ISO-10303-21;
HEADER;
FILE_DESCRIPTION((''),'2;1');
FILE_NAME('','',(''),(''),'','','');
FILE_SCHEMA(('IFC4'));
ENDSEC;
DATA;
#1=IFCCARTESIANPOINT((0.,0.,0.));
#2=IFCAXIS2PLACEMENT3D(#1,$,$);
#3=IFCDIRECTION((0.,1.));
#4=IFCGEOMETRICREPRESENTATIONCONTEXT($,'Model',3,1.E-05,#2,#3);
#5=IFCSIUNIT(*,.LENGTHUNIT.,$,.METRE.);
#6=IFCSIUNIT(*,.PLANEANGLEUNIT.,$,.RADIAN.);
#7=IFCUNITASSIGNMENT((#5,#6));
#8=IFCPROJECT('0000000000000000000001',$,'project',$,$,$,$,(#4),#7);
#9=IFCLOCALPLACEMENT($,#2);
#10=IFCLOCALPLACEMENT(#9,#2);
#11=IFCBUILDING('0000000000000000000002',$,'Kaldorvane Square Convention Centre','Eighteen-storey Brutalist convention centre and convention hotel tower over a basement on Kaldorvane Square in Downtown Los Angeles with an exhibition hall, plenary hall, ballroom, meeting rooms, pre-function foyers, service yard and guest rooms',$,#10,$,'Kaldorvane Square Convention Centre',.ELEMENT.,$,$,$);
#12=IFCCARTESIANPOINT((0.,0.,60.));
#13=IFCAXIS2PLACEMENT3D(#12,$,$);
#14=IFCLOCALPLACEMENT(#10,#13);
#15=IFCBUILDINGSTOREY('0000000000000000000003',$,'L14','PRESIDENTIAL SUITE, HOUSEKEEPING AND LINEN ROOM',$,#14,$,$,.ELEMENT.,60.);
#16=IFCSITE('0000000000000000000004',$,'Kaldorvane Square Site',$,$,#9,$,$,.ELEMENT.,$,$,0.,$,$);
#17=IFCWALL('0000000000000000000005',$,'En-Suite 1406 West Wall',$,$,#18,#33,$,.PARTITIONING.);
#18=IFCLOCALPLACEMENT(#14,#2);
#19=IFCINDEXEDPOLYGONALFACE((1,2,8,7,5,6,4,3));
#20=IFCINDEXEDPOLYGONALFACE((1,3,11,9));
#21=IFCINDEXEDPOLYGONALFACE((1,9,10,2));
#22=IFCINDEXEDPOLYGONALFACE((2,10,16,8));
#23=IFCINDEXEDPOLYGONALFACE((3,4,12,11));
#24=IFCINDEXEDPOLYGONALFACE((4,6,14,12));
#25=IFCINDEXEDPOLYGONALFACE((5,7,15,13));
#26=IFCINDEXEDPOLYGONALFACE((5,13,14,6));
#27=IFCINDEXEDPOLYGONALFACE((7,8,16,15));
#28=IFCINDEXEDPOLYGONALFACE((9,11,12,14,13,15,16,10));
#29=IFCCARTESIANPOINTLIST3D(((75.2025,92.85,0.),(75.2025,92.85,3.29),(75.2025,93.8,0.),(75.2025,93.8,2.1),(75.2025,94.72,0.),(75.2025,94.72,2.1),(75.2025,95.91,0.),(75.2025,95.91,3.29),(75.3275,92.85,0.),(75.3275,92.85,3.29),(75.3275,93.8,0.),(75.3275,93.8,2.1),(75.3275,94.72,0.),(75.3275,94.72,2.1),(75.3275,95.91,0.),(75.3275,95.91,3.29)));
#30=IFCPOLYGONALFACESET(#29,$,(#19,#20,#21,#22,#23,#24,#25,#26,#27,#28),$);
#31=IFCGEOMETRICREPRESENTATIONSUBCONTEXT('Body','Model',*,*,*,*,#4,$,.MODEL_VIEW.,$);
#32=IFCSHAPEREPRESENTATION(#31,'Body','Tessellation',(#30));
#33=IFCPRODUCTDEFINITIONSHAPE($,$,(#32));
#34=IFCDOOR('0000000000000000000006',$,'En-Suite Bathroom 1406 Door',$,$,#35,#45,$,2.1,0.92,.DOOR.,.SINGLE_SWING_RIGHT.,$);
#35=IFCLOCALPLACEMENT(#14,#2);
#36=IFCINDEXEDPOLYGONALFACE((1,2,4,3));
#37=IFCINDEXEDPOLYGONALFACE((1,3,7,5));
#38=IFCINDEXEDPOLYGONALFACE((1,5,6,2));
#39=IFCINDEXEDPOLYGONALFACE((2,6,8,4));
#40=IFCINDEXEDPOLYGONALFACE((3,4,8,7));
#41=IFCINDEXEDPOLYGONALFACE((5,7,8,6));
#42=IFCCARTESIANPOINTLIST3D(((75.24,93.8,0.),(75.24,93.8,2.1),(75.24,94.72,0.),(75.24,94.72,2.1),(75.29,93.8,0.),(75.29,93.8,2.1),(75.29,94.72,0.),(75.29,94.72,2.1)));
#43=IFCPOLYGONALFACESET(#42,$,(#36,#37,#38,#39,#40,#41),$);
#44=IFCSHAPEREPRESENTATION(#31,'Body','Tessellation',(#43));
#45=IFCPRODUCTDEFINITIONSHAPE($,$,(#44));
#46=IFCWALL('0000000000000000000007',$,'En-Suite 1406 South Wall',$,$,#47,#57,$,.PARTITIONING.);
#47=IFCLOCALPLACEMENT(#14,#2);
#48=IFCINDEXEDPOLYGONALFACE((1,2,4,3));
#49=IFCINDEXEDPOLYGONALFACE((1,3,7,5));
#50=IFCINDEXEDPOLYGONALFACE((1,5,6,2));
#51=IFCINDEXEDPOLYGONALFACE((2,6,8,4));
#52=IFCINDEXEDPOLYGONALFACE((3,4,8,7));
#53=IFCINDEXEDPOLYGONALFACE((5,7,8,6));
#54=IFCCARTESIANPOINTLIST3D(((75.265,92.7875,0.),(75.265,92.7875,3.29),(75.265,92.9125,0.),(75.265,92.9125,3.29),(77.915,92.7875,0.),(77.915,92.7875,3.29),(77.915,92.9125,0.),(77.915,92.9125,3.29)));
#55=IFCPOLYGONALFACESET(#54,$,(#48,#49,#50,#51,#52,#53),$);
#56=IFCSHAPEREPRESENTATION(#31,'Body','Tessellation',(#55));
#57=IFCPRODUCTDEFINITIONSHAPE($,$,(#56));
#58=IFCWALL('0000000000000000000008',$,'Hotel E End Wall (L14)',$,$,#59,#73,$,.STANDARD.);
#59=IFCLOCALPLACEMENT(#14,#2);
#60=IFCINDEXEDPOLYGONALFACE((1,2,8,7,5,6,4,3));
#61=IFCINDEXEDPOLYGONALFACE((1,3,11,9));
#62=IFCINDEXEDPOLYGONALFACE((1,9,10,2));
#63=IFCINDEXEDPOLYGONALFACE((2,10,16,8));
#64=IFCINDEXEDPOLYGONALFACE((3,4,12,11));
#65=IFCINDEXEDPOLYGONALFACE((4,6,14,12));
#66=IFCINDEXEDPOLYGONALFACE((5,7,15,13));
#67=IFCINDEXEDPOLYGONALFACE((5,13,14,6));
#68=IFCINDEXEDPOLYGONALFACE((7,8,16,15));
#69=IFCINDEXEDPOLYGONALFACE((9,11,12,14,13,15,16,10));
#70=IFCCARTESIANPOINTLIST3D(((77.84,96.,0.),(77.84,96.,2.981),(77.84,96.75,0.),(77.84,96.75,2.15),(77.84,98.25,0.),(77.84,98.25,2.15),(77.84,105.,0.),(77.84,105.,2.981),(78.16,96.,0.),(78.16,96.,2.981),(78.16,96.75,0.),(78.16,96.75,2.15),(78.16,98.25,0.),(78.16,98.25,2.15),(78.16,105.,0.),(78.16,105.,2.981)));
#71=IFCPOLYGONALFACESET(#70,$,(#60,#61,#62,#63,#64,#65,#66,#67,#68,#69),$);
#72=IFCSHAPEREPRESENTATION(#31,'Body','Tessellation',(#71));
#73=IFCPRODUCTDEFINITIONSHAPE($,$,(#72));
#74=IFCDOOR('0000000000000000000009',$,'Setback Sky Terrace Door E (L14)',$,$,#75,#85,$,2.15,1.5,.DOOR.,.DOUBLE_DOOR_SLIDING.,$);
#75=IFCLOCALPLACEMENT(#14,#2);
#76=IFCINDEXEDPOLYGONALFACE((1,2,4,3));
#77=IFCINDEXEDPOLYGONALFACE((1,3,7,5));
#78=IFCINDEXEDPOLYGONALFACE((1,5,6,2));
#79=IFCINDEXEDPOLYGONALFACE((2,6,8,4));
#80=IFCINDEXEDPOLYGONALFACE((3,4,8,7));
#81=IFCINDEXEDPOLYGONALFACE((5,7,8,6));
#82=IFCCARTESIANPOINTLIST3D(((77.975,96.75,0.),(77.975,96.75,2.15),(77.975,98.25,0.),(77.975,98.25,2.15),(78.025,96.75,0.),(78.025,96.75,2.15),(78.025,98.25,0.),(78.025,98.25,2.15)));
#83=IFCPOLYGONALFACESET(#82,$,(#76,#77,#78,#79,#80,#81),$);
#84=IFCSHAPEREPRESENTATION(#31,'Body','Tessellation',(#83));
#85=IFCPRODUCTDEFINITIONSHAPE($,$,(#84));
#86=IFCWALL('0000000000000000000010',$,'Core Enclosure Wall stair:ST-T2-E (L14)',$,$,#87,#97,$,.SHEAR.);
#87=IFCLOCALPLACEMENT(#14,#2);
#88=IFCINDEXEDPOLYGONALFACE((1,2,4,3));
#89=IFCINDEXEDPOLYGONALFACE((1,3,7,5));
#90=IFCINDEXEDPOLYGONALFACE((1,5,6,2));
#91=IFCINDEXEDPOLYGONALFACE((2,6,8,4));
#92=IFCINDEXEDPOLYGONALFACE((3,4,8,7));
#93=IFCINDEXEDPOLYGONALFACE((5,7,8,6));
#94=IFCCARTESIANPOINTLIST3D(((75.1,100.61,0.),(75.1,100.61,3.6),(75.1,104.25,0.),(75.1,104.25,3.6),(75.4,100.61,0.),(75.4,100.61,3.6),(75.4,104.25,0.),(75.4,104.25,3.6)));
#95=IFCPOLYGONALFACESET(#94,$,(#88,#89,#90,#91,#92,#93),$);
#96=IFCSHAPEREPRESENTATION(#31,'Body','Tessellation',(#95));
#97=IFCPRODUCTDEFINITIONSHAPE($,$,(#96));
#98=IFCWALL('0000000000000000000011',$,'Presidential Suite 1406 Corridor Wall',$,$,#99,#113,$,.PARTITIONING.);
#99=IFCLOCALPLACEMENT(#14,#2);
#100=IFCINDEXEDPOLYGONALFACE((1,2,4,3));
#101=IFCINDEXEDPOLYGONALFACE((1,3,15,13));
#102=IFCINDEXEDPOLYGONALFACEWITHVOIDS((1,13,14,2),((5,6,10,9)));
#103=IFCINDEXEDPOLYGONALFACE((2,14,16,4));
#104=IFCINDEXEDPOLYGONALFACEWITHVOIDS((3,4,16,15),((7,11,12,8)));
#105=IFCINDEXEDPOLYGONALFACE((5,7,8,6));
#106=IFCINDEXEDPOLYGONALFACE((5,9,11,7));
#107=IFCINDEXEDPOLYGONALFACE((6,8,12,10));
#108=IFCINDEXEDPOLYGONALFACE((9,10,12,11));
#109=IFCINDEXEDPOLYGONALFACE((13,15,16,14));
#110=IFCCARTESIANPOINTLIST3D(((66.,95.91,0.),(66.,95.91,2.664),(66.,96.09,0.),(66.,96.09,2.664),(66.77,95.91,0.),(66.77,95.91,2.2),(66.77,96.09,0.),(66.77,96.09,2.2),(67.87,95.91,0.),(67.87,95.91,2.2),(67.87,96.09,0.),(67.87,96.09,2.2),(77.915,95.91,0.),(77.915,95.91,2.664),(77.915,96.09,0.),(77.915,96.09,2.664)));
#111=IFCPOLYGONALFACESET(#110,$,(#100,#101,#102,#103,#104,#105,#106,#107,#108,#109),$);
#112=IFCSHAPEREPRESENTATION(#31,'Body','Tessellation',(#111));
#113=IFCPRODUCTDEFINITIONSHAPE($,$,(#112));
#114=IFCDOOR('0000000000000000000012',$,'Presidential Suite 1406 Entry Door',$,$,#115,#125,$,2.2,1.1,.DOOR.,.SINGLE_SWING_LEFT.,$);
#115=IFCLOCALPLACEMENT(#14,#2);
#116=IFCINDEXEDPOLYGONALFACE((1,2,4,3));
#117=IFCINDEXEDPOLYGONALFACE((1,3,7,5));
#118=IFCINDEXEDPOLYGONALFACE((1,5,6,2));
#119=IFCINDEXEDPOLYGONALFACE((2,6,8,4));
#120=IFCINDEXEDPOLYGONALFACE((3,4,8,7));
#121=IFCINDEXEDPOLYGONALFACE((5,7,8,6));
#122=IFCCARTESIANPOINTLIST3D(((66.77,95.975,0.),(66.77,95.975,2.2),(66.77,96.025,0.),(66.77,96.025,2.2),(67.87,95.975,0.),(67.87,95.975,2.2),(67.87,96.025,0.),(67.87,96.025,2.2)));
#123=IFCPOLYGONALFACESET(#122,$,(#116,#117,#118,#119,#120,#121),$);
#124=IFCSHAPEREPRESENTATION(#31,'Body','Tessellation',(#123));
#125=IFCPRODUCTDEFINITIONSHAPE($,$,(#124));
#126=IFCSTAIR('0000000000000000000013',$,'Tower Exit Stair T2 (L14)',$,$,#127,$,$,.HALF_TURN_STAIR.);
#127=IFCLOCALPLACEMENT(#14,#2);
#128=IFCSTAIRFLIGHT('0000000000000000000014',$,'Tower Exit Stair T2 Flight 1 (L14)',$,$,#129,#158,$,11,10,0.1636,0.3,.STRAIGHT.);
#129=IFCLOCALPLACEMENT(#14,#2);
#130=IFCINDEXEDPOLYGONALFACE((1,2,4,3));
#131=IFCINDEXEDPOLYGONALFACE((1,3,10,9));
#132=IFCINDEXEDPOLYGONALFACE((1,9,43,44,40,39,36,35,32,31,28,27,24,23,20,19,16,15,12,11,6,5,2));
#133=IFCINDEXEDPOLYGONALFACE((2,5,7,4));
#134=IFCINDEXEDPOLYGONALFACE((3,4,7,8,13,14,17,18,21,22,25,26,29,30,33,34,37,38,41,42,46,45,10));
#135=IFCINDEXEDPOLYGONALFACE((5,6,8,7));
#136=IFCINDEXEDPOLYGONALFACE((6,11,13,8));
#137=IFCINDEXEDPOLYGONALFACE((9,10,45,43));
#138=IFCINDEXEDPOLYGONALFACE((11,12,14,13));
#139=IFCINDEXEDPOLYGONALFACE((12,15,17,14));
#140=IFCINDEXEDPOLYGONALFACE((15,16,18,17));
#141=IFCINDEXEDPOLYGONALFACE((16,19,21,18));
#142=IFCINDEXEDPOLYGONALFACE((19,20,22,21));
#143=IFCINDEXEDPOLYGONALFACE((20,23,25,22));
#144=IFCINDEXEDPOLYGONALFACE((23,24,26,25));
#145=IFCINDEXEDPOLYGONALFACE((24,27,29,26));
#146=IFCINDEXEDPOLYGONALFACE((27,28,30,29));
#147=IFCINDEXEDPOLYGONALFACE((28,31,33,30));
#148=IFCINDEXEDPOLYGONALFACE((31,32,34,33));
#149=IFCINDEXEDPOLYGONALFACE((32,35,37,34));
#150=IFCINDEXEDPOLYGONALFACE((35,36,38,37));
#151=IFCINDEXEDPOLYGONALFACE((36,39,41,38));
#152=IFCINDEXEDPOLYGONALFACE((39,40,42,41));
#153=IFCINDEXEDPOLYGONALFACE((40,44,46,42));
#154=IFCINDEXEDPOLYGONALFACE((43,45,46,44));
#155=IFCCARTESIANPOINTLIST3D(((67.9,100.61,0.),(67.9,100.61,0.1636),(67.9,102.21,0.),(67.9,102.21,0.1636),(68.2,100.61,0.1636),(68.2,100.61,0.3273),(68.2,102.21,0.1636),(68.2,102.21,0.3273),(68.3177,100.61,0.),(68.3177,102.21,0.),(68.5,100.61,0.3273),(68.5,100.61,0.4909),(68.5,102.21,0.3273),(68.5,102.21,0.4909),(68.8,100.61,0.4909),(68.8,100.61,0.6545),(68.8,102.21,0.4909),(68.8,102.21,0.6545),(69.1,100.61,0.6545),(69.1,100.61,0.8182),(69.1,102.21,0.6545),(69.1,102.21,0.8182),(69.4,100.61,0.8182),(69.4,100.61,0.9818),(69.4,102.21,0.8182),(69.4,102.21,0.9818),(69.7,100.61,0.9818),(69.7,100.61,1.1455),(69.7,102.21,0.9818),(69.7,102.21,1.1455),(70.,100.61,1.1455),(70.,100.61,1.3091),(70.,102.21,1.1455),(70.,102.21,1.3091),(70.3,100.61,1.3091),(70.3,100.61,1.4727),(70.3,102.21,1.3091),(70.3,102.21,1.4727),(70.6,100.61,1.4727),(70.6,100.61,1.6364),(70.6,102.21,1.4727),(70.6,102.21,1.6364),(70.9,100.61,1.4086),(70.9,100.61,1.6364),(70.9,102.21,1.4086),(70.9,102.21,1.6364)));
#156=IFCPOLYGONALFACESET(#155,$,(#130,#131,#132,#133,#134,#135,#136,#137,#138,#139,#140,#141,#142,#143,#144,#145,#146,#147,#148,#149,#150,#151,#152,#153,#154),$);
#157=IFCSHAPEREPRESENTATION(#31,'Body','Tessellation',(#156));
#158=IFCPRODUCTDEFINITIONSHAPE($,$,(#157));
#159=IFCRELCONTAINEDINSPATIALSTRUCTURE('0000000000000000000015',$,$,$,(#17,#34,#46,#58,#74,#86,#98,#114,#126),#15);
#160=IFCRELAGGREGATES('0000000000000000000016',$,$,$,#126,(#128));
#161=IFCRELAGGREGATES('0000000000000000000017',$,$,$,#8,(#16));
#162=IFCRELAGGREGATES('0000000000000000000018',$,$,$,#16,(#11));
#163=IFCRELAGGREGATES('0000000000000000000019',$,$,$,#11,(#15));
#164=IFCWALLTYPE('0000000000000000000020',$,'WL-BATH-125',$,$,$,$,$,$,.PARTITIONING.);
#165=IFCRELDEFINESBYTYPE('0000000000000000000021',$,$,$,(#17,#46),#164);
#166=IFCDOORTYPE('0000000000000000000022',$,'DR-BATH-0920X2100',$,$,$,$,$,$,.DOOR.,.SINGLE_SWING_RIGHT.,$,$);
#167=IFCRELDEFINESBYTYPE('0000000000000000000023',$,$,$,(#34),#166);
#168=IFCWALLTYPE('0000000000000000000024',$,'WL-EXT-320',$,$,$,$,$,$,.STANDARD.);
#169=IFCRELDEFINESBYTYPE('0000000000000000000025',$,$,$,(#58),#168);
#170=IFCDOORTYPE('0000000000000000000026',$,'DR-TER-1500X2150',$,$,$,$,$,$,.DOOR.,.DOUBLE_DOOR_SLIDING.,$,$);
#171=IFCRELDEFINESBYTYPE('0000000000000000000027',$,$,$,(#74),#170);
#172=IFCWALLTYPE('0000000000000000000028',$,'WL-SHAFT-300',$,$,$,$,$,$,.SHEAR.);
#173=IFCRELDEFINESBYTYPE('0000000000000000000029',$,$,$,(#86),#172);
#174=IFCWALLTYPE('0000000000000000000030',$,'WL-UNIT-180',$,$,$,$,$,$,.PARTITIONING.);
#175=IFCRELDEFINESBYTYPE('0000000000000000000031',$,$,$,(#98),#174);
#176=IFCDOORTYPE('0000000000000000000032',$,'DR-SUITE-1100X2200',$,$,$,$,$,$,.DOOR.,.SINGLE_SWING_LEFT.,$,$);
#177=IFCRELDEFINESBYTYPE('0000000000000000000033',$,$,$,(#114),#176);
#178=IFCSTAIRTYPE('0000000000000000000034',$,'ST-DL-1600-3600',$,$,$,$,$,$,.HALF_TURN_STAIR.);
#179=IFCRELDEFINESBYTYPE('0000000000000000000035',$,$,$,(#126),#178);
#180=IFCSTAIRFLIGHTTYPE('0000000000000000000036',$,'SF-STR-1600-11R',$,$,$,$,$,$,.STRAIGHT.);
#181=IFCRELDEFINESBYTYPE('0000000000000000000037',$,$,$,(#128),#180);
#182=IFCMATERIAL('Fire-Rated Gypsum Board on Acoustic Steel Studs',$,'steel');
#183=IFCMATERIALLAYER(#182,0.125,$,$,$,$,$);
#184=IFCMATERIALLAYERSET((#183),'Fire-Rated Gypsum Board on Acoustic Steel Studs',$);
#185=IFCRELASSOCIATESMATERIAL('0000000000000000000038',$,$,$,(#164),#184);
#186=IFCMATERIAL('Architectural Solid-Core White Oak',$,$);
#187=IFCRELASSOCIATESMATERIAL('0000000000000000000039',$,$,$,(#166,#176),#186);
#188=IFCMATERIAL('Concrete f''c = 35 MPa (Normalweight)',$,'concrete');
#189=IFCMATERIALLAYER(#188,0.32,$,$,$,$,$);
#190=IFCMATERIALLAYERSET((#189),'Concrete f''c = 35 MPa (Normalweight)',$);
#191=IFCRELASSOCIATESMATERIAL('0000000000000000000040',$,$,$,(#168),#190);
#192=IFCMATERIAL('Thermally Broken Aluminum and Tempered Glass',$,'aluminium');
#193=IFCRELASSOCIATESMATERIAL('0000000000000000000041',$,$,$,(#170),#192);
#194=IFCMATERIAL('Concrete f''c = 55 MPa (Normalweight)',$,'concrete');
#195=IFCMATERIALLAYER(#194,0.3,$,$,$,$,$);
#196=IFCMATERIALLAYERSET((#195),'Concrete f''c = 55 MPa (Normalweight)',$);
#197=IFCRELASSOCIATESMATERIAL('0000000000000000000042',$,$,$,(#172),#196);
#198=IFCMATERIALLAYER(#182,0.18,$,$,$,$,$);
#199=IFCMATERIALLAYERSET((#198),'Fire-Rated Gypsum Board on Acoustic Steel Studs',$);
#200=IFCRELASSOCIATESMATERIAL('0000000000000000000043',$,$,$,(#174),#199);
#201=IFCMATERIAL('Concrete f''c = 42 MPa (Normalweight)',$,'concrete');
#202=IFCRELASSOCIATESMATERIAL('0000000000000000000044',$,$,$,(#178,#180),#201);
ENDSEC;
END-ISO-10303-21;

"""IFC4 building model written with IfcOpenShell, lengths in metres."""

from ifc_helpers import new_model, si_unit, direction, frame, frame_2d, origin, place, context, subcontext, project, spatial, polyline, rectangle, outline, extrude, material, layer, layer_set, type_object, element, fill, aggregate, save


model = new_model("IFC4")

# Units and contexts
model_context = context("Model", 3, precision=1e-05, world=origin(), true_north=direction((0.0, 1.0)))
body_context = subcontext(model_context, "Body", "Model", "MODEL_VIEW")
ifc_project = project(units=[si_unit("LENGTHUNIT", "METRE"), si_unit("PLANEANGLEUNIT", "RADIAN")], contexts=[model_context])

# Site, building, storey
site_placement = place(None, origin())
site = spatial("IfcSite", under=ifc_project, at=site_placement, Name="Kaldorvane Square Site", CompositionType="ELEMENT", RefElevation=0.0)
building_placement = place(site_placement, origin())
building = spatial("IfcBuilding", under=site, at=building_placement, Name="Kaldorvane Square Convention Centre", Description="Eighteen-storey Brutalist convention centre and convention hotel tower over a basement on Kaldorvane Square in Downtown Los Angeles with an exhibition hall, plenary hall, ballroom, meeting rooms, pre-function foyers, service yard and guest rooms", LongName="Kaldorvane Square Convention Centre", CompositionType="ELEMENT")
storey_placement = place(building_placement, frame((0.0, 0.0, 60.0)))
storey = spatial("IfcBuildingStorey", under=building, at=storey_placement, Name="L14", Description="PRESIDENTIAL SUITE, HOUSEKEEPING AND LINEN ROOM", CompositionType="ELEMENT", Elevation=60.0)

# Wall, opening, door
ifc_material_1 = material(Name="Fire-Rated Gypsum Board on Acoustic Steel Studs", Category="steel")
ifc_layer_1 = layer(ifc_material_1, 0.125)
ifc_layer_set_1 = layer_set([ifc_layer_1], Name="Fire-Rated Gypsum Board on Acoustic Steel Studs")
wall_type_1 = type_object("IfcWallType", Name="WL-BATH-125", PredefinedType="PARTITIONING", material=ifc_layer_set_1)
wall_1_placement = place(storey_placement, frame((75.265, 92.85, 0.0), z_axis=(0.0, 0.0, 1.0), x_axis=(0.0, 1.0, 0.0)))
wall_1 = element("IfcWall", 1, at=wall_1_placement, inside=storey, type_object=wall_type_1, Name="En-Suite 1406 West Wall", PredefinedType="PARTITIONING", context=body_context, shape_type="SweptSolid", body=[
    extrude(rectangle(XDim=3.06, YDim=0.125, at=frame_2d((1.53, 0.0))), origin(), (0.0, 0.0, 1.0), 3.29),
])
opening_1_placement = place(wall_1_placement, frame((0.95, 0.0, 0.0)))
opening_1 = element("IfcOpeningElement", 2, at=opening_1_placement, cuts=wall_1, PredefinedType="OPENING", context=body_context, shape_type="SweptSolid", body=[
    extrude(rectangle(XDim=0.92, YDim=2.1, at=frame_2d((0.46, 1.05))), frame((0.0, 0.0775, 0.0), z_axis=(0.0, -1.0, 0.0), x_axis=(1.0, 0.0, 0.0)), (0.0, 0.0, 1.0), 0.155),
])
ifc_material_2 = material(Name="Architectural Solid-Core White Oak")
door_type_1 = type_object("IfcDoorType", Name="DR-BATH-0920X2100", OperationType="SINGLE_SWING_RIGHT", PredefinedType="DOOR", material=ifc_material_2)
door_1_placement = place(opening_1_placement, origin())
door_1 = element("IfcDoor", 3, at=door_1_placement, inside=storey, type_object=door_type_1, Name="En-Suite Bathroom 1406 Door", OperationType="SINGLE_SWING_RIGHT", OverallHeight=2.1, OverallWidth=0.92, PredefinedType="DOOR", context=body_context, shape_type="SweptSolid", body=[
    extrude(rectangle(XDim=0.92, YDim=2.1, at=frame_2d((0.46, 1.05))), frame((0.0, 0.025, 0.0), z_axis=(0.0, -1.0, 0.0), x_axis=(1.0, 0.0, 0.0)), (0.0, 0.0, 1.0), 0.05),
])
fill(opening_1, door_1)

# Wall
wall_2_placement = place(storey_placement, frame((75.265, 92.85, 0.0), z_axis=(0.0, 0.0, 1.0), x_axis=(1.0, 0.0, 0.0)))
element("IfcWall", 4, at=wall_2_placement, inside=storey, type_object=wall_type_1, Name="En-Suite 1406 South Wall", PredefinedType="PARTITIONING", context=body_context, shape_type="SweptSolid", body=[
    extrude(rectangle(XDim=2.65, YDim=0.125, at=frame_2d((1.325, 0.0))), origin(), (0.0, 0.0, 1.0), 3.29),
])

# Wall, opening, door
ifc_material_3 = material(Name="Concrete f'c = 35 MPa (Normalweight)", Category="concrete")
ifc_layer_2 = layer(ifc_material_3, 0.32)
ifc_layer_set_2 = layer_set([ifc_layer_2], Name="Concrete f'c = 35 MPa (Normalweight)")
wall_type_2 = type_object("IfcWallType", Name="WL-EXT-320", PredefinedType="STANDARD", material=ifc_layer_set_2)
wall_3_placement = place(storey_placement, frame((78.0, 96.0, 0.0), z_axis=(0.0, 0.0, 1.0), x_axis=(0.0, 1.0, 0.0)))
wall_3 = element("IfcWall", 5, at=wall_3_placement, inside=storey, type_object=wall_type_2, Name="Hotel E End Wall (L14)", PredefinedType="STANDARD", context=body_context, shape_type="SweptSolid", body=[
    extrude(rectangle(XDim=9.0, YDim=0.32, at=frame_2d((4.5, 0.0))), origin(), (0.0, 0.0, 1.0), 2.981),
])
opening_2_placement = place(wall_3_placement, frame((0.75, 0.0, 0.0)))
opening_2 = element("IfcOpeningElement", 6, at=opening_2_placement, cuts=wall_3, PredefinedType="OPENING", context=body_context, shape_type="SweptSolid", body=[
    extrude(rectangle(XDim=1.5, YDim=2.15, at=frame_2d((0.75, 1.075))), frame((0.0, 0.175, 0.0), z_axis=(0.0, -1.0, 0.0), x_axis=(1.0, 0.0, 0.0)), (0.0, 0.0, 1.0), 0.35),
])
ifc_material_4 = material(Name="Thermally Broken Aluminum and Tempered Glass", Category="aluminium")
door_type_2 = type_object("IfcDoorType", Name="DR-TER-1500X2150", OperationType="DOUBLE_DOOR_SLIDING", PredefinedType="DOOR", material=ifc_material_4)
door_2_placement = place(opening_2_placement, origin())
door_2 = element("IfcDoor", 7, at=door_2_placement, inside=storey, type_object=door_type_2, Name="Setback Sky Terrace Door E (L14)", OperationType="DOUBLE_DOOR_SLIDING", OverallHeight=2.15, OverallWidth=1.5, PredefinedType="DOOR", context=body_context, shape_type="SweptSolid", body=[
    extrude(rectangle(XDim=1.5, YDim=2.15, at=frame_2d((0.75, 1.075))), frame((0.0, 0.025, 0.0), z_axis=(0.0, -1.0, 0.0), x_axis=(1.0, 0.0, 0.0)), (0.0, 0.0, 1.0), 0.05),
])
fill(opening_2, door_2)

# Wall
ifc_material_5 = material(Name="Concrete f'c = 55 MPa (Normalweight)", Category="concrete")
ifc_layer_3 = layer(ifc_material_5, 0.3)
ifc_layer_set_3 = layer_set([ifc_layer_3], Name="Concrete f'c = 55 MPa (Normalweight)")
wall_type_3 = type_object("IfcWallType", Name="WL-SHAFT-300", PredefinedType="SHEAR", material=ifc_layer_set_3)
wall_4_placement = place(storey_placement, frame((75.25, 100.61, 0.0), z_axis=(0.0, 0.0, 1.0), x_axis=(0.0, 1.0, 0.0)))
element("IfcWall", 8, at=wall_4_placement, inside=storey, type_object=wall_type_3, Name="Core Enclosure Wall stair:ST-T2-E (L14)", PredefinedType="SHEAR", context=body_context, shape_type="SweptSolid", body=[
    extrude(rectangle(XDim=3.64, YDim=0.3, at=frame_2d((1.82, 0.0))), origin(), (0.0, 0.0, 1.0), 3.6),
])

# Wall, opening, door
ifc_layer_4 = layer(ifc_material_1, 0.18)
ifc_layer_set_4 = layer_set([ifc_layer_4], Name="Fire-Rated Gypsum Board on Acoustic Steel Studs")
wall_type_4 = type_object("IfcWallType", Name="WL-UNIT-180", PredefinedType="PARTITIONING", material=ifc_layer_set_4)
wall_5_placement = place(storey_placement, frame((66.0, 96.0, 0.0), z_axis=(0.0, 0.0, 1.0), x_axis=(1.0, 0.0, 0.0)))
wall_5 = element("IfcWall", 9, at=wall_5_placement, inside=storey, type_object=wall_type_4, Name="Presidential Suite 1406 Corridor Wall", PredefinedType="PARTITIONING", context=body_context, shape_type="SweptSolid", body=[
    extrude(rectangle(XDim=11.915, YDim=0.18, at=frame_2d((5.9575, 0.0))), origin(), (0.0, 0.0, 1.0), 2.664),
])
opening_3_placement = place(wall_5_placement, frame((0.77, 0.0, 0.0)))
opening_3 = element("IfcOpeningElement", 10, at=opening_3_placement, cuts=wall_5, PredefinedType="OPENING", context=body_context, shape_type="SweptSolid", body=[
    extrude(rectangle(XDim=1.1, YDim=2.2, at=frame_2d((0.55, 1.1))), frame((0.0, 0.105, 0.0), z_axis=(0.0, -1.0, 0.0), x_axis=(1.0, 0.0, 0.0)), (0.0, 0.0, 1.0), 0.21),
])
door_type_3 = type_object("IfcDoorType", Name="DR-SUITE-1100X2200", OperationType="SINGLE_SWING_LEFT", PredefinedType="DOOR", material=ifc_material_2)
door_3_placement = place(opening_3_placement, origin())
door_3 = element("IfcDoor", 11, at=door_3_placement, inside=storey, type_object=door_type_3, Name="Presidential Suite 1406 Entry Door", OperationType="SINGLE_SWING_LEFT", OverallHeight=2.2, OverallWidth=1.1, PredefinedType="DOOR", context=body_context, shape_type="SweptSolid", body=[
    extrude(rectangle(XDim=1.1, YDim=2.2, at=frame_2d((0.55, 1.1))), frame((0.0, 0.025, 0.0), z_axis=(0.0, -1.0, 0.0), x_axis=(1.0, 0.0, 0.0)), (0.0, 0.0, 1.0), 0.05),
])
fill(opening_3, door_3)

# Stair, stair flight
ifc_material_6 = material(Name="Concrete f'c = 42 MPa (Normalweight)", Category="concrete")
stair_type = type_object("IfcStairType", Name="ST-DL-1600-3600", PredefinedType="HALF_TURN_STAIR", material=ifc_material_6)
stair_placement = place(storey_placement, origin())
stair = element("IfcStair", 12, at=stair_placement, inside=storey, type_object=stair_type, Name="Tower Exit Stair T2 (L14)", PredefinedType="HALF_TURN_STAIR")
stair_flight_type = type_object("IfcStairFlightType", Name="SF-STR-1600-11R", PredefinedType="STRAIGHT", material=ifc_material_6)
stair_flight_placement = place(storey_placement, frame((67.9, 101.41, 0.0), z_axis=(0.0, 0.0, 1.0), x_axis=(1.0, 0.0, 0.0)))
stair_flight = element("IfcStairFlight", 13, at=stair_flight_placement, type_object=stair_flight_type, Name="Tower Exit Stair T2 Flight 1 (L14)", NumberOfRisers=11, NumberOfTreads=10, PredefinedType="STRAIGHT", RiserHeight=0.1636, TreadLength=0.3, context=body_context, shape_type="SweptSolid", body=[
    extrude(outline(polyline([(0.0, 0.0), (0.0, 0.1636), (0.3, 0.1636), (0.3, 0.3273), (0.6, 0.3273), (0.6, 0.4909), (0.9, 0.4909), (0.9, 0.6545), (1.2, 0.6545), (1.2, 0.8182), (1.5, 0.8182), (1.5, 0.9818), (1.8, 0.9818), (1.8, 1.1455), (2.1, 1.1455), (2.1, 1.3091), (2.4, 1.3091), (2.4, 1.4727), (2.7, 1.4727), (2.7, 1.6364), (3.0, 1.6364), (3.0, 1.8), (3.0, 1.4086), (0.4177, 0.0), (0.0, 0.0)])), frame((0.0, 0.8, 0.0), z_axis=(0.0, -1.0, 0.0), x_axis=(1.0, 0.0, 0.0)), (0.0, 0.0, 1.0), 1.6),
])
aggregate(stair, [stair_flight])

save(model, "model.ifc")
